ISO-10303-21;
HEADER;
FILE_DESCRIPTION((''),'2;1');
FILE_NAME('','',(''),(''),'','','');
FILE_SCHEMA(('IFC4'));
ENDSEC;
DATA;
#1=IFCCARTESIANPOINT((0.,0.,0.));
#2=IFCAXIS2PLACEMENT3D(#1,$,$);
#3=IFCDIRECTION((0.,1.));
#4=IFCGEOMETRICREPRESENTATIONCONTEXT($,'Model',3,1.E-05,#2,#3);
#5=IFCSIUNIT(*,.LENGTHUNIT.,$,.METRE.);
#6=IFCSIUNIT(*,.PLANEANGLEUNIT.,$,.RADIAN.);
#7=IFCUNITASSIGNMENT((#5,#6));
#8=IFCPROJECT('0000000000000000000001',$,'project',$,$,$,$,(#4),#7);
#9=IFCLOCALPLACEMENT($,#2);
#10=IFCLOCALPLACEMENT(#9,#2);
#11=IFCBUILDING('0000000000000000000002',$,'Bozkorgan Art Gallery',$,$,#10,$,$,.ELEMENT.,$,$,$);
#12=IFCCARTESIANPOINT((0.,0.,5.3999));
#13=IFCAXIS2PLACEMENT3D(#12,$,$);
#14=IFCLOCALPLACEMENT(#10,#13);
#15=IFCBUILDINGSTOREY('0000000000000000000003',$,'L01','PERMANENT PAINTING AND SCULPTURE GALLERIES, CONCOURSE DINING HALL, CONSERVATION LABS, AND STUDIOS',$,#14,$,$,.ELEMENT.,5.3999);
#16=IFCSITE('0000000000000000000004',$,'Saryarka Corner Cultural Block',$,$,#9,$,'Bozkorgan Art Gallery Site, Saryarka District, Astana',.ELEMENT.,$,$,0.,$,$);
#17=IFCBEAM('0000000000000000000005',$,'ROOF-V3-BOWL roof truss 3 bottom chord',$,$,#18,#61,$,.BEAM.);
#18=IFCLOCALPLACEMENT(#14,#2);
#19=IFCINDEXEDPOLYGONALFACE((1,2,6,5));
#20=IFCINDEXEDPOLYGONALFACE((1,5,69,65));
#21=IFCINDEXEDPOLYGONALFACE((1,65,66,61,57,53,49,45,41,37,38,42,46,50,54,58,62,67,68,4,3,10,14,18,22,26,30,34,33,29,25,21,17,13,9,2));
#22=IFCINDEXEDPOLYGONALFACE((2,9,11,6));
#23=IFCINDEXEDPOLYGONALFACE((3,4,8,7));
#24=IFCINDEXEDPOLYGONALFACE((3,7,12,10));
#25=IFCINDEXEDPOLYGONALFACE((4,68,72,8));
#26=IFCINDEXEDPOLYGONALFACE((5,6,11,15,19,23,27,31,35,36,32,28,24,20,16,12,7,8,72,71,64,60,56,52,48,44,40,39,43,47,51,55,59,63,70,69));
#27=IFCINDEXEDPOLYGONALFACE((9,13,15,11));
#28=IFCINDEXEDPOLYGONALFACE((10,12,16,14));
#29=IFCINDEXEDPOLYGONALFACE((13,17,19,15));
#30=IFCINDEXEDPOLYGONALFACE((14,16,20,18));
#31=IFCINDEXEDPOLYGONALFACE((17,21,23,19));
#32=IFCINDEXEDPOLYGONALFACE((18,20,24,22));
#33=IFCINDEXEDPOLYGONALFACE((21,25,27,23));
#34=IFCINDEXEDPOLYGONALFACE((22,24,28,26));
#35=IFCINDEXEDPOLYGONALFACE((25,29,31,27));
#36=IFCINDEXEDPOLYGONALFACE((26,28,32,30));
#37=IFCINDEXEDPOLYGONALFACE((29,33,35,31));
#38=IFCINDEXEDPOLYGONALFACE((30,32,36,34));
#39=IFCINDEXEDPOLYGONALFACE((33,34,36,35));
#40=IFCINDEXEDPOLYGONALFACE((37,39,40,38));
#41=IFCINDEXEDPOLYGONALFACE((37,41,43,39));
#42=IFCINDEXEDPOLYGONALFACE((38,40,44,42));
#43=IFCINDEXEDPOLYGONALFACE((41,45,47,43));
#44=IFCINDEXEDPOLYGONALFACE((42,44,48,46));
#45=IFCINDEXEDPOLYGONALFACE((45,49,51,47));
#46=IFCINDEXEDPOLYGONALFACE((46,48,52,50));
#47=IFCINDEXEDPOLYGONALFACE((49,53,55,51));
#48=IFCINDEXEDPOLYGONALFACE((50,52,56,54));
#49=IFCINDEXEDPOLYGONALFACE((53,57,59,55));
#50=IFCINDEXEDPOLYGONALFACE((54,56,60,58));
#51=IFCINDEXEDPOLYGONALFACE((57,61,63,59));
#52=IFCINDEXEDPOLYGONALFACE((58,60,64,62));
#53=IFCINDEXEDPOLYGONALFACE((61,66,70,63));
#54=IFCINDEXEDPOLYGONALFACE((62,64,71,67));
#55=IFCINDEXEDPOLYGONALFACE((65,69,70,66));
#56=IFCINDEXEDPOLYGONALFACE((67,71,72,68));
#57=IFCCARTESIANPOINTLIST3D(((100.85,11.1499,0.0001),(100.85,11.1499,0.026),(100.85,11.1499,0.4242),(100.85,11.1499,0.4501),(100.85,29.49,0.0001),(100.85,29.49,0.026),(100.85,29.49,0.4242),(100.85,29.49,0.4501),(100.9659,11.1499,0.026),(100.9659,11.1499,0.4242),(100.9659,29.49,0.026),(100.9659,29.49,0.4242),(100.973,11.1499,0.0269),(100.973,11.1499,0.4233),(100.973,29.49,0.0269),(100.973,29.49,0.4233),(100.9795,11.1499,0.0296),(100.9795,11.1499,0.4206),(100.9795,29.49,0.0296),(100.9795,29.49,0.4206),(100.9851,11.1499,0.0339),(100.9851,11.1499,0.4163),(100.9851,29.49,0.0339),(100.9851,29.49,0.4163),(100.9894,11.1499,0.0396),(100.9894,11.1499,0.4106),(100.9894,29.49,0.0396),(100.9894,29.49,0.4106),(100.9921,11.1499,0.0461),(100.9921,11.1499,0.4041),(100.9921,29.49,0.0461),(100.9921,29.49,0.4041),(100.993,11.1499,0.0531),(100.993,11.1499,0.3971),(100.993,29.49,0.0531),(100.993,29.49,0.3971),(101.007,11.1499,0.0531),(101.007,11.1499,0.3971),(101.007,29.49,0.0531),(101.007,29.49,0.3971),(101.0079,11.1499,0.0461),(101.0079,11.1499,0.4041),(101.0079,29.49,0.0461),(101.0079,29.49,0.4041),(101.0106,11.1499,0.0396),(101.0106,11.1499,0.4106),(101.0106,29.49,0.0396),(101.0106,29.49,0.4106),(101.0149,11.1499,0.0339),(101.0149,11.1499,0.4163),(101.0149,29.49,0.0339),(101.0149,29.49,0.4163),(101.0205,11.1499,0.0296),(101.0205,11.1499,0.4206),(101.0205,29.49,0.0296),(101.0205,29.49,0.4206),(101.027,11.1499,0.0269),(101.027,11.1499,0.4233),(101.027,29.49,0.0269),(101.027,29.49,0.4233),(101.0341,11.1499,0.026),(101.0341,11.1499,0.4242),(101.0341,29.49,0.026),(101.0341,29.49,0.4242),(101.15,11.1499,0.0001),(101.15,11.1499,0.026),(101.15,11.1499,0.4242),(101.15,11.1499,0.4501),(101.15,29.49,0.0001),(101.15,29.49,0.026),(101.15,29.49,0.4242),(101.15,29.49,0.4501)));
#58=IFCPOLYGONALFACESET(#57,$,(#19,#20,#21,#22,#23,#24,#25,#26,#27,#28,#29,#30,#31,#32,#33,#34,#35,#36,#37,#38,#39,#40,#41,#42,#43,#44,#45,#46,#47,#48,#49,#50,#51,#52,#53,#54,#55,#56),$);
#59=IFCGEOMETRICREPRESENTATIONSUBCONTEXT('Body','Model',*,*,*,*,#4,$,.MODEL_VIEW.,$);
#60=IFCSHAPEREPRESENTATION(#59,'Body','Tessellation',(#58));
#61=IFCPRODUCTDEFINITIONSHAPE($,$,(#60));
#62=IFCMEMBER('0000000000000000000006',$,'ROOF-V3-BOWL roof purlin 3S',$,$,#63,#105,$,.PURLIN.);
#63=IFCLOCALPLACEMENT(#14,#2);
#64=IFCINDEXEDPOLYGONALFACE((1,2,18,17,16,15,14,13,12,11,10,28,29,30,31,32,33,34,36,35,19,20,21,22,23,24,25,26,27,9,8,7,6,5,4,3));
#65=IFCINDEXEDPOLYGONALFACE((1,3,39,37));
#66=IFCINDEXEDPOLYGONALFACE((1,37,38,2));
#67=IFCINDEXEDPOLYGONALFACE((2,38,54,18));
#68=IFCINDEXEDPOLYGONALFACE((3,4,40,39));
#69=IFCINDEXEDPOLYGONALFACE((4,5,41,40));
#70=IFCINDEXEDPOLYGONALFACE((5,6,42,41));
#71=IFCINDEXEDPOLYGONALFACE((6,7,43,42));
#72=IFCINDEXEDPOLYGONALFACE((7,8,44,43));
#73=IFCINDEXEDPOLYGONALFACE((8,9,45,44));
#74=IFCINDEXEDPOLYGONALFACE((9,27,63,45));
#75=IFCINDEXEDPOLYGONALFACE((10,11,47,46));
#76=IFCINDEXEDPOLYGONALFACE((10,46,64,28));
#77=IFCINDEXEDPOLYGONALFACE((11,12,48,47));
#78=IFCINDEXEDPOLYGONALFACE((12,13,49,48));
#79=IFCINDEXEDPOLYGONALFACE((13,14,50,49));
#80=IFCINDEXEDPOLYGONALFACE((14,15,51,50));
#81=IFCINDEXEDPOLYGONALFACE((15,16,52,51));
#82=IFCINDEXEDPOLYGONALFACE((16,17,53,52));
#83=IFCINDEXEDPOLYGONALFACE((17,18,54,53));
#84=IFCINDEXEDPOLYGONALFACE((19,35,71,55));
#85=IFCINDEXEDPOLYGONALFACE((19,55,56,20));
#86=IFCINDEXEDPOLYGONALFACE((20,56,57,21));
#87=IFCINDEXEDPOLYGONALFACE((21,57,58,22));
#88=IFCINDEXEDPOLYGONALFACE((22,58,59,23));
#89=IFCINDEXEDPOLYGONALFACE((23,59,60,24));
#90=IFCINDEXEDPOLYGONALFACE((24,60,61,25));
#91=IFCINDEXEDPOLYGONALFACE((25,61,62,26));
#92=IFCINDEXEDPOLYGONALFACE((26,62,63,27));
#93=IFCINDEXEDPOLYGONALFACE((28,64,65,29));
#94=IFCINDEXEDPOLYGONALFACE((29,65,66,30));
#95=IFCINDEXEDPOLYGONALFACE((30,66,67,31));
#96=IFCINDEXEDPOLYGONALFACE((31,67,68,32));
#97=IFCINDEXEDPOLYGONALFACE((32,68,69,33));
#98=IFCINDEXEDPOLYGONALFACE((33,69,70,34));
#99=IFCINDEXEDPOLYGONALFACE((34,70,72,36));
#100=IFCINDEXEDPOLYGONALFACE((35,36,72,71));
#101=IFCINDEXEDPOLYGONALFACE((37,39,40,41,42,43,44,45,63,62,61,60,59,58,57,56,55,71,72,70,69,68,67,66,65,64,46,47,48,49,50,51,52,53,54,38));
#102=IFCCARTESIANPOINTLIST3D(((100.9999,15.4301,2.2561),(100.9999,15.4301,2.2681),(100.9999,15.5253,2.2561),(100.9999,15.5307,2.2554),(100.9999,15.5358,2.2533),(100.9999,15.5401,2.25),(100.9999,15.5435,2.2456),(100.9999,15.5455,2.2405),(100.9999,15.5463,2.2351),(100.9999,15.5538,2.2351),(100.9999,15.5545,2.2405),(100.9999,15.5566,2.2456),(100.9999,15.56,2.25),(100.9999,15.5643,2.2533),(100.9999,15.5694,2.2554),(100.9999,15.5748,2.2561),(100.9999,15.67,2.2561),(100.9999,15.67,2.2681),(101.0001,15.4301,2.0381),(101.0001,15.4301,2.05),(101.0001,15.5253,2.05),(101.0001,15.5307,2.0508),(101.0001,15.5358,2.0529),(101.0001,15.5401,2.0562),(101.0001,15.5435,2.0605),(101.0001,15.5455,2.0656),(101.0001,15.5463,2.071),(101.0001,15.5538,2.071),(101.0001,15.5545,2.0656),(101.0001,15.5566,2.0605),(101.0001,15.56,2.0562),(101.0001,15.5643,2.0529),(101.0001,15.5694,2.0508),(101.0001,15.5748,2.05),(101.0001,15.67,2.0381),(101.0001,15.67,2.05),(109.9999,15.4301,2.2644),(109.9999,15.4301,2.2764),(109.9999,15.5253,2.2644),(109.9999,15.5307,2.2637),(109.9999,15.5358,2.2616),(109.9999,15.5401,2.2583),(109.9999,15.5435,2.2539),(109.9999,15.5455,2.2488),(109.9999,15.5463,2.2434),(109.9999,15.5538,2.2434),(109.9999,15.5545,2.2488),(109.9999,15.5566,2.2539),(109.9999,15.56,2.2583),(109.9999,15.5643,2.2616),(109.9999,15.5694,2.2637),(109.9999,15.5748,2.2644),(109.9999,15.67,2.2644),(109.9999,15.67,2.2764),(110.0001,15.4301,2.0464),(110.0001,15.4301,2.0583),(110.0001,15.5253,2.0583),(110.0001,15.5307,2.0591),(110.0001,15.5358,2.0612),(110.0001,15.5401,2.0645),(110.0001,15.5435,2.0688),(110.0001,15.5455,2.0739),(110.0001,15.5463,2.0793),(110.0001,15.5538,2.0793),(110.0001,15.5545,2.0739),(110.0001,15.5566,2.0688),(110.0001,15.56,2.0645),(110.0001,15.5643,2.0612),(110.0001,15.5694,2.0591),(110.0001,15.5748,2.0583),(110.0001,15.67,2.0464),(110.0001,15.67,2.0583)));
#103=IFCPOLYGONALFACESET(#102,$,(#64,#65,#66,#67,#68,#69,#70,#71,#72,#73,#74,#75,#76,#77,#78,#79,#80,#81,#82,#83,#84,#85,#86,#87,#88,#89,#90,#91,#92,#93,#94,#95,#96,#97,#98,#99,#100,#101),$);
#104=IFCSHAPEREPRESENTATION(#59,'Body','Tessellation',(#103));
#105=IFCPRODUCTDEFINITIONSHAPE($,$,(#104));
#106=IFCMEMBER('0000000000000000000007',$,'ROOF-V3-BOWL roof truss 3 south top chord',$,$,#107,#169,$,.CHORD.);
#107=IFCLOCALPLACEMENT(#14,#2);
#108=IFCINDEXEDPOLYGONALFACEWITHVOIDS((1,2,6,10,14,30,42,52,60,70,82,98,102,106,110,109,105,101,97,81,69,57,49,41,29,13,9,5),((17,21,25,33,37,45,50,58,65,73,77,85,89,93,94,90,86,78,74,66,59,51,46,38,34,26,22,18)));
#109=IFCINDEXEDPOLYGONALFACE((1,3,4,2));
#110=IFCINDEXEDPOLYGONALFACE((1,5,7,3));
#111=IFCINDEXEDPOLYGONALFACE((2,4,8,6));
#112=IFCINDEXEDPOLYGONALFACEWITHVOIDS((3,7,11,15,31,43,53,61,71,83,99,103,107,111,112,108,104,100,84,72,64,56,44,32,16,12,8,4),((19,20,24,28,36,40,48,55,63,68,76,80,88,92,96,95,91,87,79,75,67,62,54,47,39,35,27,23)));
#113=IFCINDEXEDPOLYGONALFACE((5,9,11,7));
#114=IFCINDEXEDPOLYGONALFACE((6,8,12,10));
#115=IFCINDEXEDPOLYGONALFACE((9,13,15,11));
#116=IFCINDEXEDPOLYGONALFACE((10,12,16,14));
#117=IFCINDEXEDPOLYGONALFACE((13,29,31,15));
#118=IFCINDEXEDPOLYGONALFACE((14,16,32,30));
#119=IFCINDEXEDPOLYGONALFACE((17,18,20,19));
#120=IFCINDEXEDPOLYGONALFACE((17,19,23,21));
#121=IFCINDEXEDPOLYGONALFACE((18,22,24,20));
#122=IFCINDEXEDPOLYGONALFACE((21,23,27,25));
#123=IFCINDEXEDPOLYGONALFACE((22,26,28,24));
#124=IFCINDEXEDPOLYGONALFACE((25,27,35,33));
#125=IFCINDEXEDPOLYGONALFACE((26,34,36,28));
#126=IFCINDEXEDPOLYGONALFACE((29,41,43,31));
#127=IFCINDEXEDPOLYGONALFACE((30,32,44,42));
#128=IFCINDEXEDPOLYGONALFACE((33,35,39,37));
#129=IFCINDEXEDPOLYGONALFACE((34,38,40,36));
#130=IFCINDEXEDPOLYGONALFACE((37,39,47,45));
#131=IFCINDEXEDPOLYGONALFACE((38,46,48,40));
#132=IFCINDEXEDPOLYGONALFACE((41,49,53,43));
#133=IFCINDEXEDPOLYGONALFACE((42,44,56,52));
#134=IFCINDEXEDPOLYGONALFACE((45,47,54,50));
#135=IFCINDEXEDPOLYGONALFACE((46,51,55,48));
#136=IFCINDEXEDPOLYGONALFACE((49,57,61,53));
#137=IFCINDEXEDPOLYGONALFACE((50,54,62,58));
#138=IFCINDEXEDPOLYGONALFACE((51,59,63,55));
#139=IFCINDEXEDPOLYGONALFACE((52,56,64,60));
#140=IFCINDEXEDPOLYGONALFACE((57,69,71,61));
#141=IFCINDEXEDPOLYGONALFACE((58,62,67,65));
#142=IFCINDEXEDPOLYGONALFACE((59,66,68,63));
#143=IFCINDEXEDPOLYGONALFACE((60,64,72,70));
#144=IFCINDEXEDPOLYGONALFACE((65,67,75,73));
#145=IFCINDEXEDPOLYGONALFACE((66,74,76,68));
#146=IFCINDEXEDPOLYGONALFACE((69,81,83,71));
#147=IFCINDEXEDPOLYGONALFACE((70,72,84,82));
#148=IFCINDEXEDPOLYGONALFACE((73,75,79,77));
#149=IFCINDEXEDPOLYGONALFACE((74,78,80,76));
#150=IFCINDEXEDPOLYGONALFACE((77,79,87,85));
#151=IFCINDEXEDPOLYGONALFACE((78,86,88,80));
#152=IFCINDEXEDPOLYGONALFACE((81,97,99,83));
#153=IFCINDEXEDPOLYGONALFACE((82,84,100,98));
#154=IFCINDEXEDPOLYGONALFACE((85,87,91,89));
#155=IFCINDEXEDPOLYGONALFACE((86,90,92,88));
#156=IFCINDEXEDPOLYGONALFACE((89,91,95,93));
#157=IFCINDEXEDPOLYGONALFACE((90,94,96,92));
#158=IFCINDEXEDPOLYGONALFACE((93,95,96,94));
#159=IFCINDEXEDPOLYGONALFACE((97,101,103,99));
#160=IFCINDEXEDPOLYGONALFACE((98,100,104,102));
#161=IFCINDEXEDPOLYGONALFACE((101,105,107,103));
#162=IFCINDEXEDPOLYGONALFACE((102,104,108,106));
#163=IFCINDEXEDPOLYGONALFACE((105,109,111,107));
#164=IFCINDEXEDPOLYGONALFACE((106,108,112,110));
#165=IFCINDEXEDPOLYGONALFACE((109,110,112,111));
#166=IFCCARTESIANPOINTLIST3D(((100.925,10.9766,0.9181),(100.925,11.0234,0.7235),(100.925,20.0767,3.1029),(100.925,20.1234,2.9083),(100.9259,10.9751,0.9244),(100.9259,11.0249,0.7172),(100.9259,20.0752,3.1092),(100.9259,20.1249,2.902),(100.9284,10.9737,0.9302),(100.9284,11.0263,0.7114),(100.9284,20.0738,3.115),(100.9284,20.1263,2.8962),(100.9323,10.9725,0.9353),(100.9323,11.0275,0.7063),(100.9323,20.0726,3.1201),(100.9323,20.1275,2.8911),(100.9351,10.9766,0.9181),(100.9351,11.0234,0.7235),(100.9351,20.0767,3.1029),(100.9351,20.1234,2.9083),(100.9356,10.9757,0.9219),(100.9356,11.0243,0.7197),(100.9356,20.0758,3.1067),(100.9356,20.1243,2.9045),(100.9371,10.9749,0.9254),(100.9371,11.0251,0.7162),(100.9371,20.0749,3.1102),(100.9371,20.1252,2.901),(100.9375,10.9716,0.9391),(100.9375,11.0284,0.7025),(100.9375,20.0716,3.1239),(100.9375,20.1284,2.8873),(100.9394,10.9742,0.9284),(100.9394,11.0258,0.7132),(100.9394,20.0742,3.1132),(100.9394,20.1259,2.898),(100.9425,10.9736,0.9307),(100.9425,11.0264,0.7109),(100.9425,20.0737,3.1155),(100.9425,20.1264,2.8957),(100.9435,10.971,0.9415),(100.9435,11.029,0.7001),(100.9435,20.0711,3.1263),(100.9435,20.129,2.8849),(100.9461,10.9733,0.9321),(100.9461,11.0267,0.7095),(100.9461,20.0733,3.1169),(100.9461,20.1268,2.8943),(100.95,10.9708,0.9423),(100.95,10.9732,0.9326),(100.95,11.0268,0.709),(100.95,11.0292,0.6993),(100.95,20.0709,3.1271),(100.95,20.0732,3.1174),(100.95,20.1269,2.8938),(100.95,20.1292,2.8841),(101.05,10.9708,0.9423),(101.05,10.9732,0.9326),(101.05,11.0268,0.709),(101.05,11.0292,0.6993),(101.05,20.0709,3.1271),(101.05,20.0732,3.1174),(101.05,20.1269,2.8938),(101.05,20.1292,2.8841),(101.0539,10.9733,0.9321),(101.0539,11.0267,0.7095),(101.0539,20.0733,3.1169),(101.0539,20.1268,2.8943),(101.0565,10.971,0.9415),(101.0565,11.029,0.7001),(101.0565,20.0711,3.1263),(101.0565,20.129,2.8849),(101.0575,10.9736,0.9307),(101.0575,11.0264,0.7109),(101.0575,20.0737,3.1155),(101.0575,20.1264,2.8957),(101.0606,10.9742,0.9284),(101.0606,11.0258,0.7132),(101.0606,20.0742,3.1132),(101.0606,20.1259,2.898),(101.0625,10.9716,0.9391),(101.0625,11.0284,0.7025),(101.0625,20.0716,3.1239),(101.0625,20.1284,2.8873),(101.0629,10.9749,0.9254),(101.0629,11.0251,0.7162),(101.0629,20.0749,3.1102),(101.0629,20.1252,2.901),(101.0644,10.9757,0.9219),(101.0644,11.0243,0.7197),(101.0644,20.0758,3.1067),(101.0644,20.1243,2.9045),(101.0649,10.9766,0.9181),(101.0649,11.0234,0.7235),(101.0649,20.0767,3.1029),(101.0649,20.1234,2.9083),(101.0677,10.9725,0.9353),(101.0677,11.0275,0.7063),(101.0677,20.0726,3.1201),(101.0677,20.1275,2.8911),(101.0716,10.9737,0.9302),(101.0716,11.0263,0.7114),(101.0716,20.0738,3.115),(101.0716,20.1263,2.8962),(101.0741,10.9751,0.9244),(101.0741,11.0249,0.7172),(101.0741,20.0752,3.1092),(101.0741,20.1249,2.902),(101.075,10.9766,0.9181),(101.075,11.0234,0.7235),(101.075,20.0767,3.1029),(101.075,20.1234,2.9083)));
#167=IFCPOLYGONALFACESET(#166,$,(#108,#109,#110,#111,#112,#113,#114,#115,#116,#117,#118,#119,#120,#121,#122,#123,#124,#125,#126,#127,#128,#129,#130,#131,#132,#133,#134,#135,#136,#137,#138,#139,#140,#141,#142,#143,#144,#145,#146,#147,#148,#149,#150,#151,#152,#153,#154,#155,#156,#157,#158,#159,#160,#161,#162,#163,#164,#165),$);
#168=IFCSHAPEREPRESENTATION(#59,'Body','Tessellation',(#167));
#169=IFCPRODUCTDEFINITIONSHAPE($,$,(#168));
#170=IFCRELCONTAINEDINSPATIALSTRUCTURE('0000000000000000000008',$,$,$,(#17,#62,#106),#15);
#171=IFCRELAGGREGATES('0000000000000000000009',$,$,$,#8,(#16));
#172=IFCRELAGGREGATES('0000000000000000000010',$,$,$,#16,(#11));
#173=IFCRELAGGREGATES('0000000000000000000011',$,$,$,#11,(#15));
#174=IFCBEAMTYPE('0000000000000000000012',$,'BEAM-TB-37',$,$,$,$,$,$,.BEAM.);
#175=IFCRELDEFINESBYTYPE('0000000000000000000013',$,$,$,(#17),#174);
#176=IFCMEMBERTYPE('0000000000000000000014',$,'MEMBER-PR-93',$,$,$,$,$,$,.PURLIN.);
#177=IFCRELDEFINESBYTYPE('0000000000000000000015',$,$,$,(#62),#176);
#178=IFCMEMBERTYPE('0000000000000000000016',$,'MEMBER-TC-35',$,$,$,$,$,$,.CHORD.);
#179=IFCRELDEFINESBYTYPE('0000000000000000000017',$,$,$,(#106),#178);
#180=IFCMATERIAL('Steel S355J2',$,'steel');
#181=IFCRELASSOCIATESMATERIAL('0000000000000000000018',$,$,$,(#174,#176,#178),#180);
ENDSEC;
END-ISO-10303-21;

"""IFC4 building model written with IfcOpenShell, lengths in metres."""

from ifc_helpers import new_model, si_unit, direction, frame, origin, origin_2d, place, context, subcontext, project, spatial, hollow_rectangle, i_section, extrude, material, material_profile, profile_set, type_object, element, save


model = new_model("IFC4")

# Units and contexts
model_context = context("Model", 3, precision=1e-05, world=origin(), true_north=direction((0.0, 1.0)))
body_context = subcontext(model_context, "Body", "Model", "MODEL_VIEW")
ifc_project = project(units=[si_unit("LENGTHUNIT", "METRE"), si_unit("PLANEANGLEUNIT", "RADIAN")], contexts=[model_context])

# Site, building, storey
site_placement = place(None, origin())
site = spatial("IfcSite", under=ifc_project, at=site_placement, Name="Saryarka Corner Cultural Block", LongName="Bozkorgan Art Gallery Site, Saryarka District, Astana", CompositionType="ELEMENT", RefElevation=0.0)
building_placement = place(site_placement, origin())
building = spatial("IfcBuilding", under=site, at=building_placement, Name="Bozkorgan Art Gallery", CompositionType="ELEMENT")
storey_placement = place(building_placement, frame((0.0, 0.0, 5.3999)))
storey = spatial("IfcBuildingStorey", under=building, at=storey_placement, Name="L01", Description="PERMANENT PAINTING AND SCULPTURE GALLERIES, CONCOURSE DINING HALL, CONSERVATION LABS, AND STUDIOS", CompositionType="ELEMENT", Elevation=5.3999)

# Shared definitions
ifc_material_1 = material(Name="Steel S355J2", Category="steel")

# Beam
ifc_material_profile_1 = material_profile(ifc_material_1, i_section(OverallWidth=0.3, OverallDepth=0.45, WebThickness=0.0139, FlangeThickness=0.0259, FilletRadius=0.0271, at=origin_2d()), Name="HEB 450")
ifc_profile_set_1 = profile_set([ifc_material_profile_1], Name="Steel S355J2")
beam_type_1 = type_object("IfcBeamType", Name="BEAM-TB-37", PredefinedType="BEAM", material=ifc_profile_set_1)
beam_1_placement = place(storey_placement, frame((101.0, 11.1499, 0.2251), z_axis=(0.0, 1.0, 0.0), x_axis=(-1.0, 0.0, 0.0)))
element("IfcBeam", 1, at=beam_1_placement, inside=storey, type_object=beam_type_1, Name="ROOF-V3-BOWL roof truss 3 bottom chord", PredefinedType="BEAM", context=body_context, shape_type="SweptSolid", body=[
    extrude(i_section(OverallWidth=0.3, OverallDepth=0.45, WebThickness=0.0139, FlangeThickness=0.0259, FilletRadius=0.0271, at=origin_2d()), origin(), (0.0, 0.0, 1.0), 18.3401),
])

# Members
ifc_material_profile_2 = material_profile(ifc_material_1, i_section(OverallWidth=0.24, OverallDepth=0.23, WebThickness=0.0076, FlangeThickness=0.012, FilletRadius=0.021, at=origin_2d()), Name="HEA 240")
ifc_profile_set_2 = profile_set([ifc_material_profile_2], Name="Steel S355J2")
member_type_1 = type_object("IfcMemberType", Name="MEMBER-PR-93", PredefinedType="PURLIN", material=ifc_profile_set_2)
member_1_placement = place(storey_placement, frame((101.0, 15.55, 2.1531), z_axis=(1.0, 0.0, 0.000922), x_axis=(0.0, 1.0, 0.0)))
element("IfcMember", 2, at=member_1_placement, inside=storey, type_object=member_type_1, Name="ROOF-V3-BOWL roof purlin 3S", PredefinedType="PURLIN", context=body_context, shape_type="SweptSolid", body=[
    extrude(i_section(OverallWidth=0.24, OverallDepth=0.23, WebThickness=0.0076, FlangeThickness=0.012, FilletRadius=0.021, at=origin_2d()), origin(), (0.0, 0.0, 1.0), 9.0),
])
ifc_material_profile_3 = material_profile(ifc_material_1, hollow_rectangle(XDim=0.1499, YDim=0.25, WallThickness=0.01, InnerFilletRadius=0.0149, OuterFilletRadius=0.0249, at=origin_2d()), Name="RHS 250x150x10")
ifc_profile_set_3 = profile_set([ifc_material_profile_3], Name="Steel S355J2")
member_type_2 = type_object("IfcMemberType", Name="MEMBER-TC-35", PredefinedType="CHORD", material=ifc_profile_set_3)
member_2_placement = place(storey_placement, frame((101.0, 11.0, 0.8208), z_axis=(0.0, 0.972368, 0.233453), x_axis=(-1.0, 0.0, 0.0)))
element("IfcMember", 3, at=member_2_placement, inside=storey, type_object=member_type_2, Name="ROOF-V3-BOWL roof truss 3 south top chord", PredefinedType="CHORD", context=body_context, shape_type="SweptSolid", body=[
    extrude(hollow_rectangle(XDim=0.1499, YDim=0.25, WallThickness=0.01, InnerFilletRadius=0.0149, OuterFilletRadius=0.0249, at=origin_2d()), origin(), (0.0, 0.0, 1.0), 9.3586),
])

save(model, "model.ifc")
